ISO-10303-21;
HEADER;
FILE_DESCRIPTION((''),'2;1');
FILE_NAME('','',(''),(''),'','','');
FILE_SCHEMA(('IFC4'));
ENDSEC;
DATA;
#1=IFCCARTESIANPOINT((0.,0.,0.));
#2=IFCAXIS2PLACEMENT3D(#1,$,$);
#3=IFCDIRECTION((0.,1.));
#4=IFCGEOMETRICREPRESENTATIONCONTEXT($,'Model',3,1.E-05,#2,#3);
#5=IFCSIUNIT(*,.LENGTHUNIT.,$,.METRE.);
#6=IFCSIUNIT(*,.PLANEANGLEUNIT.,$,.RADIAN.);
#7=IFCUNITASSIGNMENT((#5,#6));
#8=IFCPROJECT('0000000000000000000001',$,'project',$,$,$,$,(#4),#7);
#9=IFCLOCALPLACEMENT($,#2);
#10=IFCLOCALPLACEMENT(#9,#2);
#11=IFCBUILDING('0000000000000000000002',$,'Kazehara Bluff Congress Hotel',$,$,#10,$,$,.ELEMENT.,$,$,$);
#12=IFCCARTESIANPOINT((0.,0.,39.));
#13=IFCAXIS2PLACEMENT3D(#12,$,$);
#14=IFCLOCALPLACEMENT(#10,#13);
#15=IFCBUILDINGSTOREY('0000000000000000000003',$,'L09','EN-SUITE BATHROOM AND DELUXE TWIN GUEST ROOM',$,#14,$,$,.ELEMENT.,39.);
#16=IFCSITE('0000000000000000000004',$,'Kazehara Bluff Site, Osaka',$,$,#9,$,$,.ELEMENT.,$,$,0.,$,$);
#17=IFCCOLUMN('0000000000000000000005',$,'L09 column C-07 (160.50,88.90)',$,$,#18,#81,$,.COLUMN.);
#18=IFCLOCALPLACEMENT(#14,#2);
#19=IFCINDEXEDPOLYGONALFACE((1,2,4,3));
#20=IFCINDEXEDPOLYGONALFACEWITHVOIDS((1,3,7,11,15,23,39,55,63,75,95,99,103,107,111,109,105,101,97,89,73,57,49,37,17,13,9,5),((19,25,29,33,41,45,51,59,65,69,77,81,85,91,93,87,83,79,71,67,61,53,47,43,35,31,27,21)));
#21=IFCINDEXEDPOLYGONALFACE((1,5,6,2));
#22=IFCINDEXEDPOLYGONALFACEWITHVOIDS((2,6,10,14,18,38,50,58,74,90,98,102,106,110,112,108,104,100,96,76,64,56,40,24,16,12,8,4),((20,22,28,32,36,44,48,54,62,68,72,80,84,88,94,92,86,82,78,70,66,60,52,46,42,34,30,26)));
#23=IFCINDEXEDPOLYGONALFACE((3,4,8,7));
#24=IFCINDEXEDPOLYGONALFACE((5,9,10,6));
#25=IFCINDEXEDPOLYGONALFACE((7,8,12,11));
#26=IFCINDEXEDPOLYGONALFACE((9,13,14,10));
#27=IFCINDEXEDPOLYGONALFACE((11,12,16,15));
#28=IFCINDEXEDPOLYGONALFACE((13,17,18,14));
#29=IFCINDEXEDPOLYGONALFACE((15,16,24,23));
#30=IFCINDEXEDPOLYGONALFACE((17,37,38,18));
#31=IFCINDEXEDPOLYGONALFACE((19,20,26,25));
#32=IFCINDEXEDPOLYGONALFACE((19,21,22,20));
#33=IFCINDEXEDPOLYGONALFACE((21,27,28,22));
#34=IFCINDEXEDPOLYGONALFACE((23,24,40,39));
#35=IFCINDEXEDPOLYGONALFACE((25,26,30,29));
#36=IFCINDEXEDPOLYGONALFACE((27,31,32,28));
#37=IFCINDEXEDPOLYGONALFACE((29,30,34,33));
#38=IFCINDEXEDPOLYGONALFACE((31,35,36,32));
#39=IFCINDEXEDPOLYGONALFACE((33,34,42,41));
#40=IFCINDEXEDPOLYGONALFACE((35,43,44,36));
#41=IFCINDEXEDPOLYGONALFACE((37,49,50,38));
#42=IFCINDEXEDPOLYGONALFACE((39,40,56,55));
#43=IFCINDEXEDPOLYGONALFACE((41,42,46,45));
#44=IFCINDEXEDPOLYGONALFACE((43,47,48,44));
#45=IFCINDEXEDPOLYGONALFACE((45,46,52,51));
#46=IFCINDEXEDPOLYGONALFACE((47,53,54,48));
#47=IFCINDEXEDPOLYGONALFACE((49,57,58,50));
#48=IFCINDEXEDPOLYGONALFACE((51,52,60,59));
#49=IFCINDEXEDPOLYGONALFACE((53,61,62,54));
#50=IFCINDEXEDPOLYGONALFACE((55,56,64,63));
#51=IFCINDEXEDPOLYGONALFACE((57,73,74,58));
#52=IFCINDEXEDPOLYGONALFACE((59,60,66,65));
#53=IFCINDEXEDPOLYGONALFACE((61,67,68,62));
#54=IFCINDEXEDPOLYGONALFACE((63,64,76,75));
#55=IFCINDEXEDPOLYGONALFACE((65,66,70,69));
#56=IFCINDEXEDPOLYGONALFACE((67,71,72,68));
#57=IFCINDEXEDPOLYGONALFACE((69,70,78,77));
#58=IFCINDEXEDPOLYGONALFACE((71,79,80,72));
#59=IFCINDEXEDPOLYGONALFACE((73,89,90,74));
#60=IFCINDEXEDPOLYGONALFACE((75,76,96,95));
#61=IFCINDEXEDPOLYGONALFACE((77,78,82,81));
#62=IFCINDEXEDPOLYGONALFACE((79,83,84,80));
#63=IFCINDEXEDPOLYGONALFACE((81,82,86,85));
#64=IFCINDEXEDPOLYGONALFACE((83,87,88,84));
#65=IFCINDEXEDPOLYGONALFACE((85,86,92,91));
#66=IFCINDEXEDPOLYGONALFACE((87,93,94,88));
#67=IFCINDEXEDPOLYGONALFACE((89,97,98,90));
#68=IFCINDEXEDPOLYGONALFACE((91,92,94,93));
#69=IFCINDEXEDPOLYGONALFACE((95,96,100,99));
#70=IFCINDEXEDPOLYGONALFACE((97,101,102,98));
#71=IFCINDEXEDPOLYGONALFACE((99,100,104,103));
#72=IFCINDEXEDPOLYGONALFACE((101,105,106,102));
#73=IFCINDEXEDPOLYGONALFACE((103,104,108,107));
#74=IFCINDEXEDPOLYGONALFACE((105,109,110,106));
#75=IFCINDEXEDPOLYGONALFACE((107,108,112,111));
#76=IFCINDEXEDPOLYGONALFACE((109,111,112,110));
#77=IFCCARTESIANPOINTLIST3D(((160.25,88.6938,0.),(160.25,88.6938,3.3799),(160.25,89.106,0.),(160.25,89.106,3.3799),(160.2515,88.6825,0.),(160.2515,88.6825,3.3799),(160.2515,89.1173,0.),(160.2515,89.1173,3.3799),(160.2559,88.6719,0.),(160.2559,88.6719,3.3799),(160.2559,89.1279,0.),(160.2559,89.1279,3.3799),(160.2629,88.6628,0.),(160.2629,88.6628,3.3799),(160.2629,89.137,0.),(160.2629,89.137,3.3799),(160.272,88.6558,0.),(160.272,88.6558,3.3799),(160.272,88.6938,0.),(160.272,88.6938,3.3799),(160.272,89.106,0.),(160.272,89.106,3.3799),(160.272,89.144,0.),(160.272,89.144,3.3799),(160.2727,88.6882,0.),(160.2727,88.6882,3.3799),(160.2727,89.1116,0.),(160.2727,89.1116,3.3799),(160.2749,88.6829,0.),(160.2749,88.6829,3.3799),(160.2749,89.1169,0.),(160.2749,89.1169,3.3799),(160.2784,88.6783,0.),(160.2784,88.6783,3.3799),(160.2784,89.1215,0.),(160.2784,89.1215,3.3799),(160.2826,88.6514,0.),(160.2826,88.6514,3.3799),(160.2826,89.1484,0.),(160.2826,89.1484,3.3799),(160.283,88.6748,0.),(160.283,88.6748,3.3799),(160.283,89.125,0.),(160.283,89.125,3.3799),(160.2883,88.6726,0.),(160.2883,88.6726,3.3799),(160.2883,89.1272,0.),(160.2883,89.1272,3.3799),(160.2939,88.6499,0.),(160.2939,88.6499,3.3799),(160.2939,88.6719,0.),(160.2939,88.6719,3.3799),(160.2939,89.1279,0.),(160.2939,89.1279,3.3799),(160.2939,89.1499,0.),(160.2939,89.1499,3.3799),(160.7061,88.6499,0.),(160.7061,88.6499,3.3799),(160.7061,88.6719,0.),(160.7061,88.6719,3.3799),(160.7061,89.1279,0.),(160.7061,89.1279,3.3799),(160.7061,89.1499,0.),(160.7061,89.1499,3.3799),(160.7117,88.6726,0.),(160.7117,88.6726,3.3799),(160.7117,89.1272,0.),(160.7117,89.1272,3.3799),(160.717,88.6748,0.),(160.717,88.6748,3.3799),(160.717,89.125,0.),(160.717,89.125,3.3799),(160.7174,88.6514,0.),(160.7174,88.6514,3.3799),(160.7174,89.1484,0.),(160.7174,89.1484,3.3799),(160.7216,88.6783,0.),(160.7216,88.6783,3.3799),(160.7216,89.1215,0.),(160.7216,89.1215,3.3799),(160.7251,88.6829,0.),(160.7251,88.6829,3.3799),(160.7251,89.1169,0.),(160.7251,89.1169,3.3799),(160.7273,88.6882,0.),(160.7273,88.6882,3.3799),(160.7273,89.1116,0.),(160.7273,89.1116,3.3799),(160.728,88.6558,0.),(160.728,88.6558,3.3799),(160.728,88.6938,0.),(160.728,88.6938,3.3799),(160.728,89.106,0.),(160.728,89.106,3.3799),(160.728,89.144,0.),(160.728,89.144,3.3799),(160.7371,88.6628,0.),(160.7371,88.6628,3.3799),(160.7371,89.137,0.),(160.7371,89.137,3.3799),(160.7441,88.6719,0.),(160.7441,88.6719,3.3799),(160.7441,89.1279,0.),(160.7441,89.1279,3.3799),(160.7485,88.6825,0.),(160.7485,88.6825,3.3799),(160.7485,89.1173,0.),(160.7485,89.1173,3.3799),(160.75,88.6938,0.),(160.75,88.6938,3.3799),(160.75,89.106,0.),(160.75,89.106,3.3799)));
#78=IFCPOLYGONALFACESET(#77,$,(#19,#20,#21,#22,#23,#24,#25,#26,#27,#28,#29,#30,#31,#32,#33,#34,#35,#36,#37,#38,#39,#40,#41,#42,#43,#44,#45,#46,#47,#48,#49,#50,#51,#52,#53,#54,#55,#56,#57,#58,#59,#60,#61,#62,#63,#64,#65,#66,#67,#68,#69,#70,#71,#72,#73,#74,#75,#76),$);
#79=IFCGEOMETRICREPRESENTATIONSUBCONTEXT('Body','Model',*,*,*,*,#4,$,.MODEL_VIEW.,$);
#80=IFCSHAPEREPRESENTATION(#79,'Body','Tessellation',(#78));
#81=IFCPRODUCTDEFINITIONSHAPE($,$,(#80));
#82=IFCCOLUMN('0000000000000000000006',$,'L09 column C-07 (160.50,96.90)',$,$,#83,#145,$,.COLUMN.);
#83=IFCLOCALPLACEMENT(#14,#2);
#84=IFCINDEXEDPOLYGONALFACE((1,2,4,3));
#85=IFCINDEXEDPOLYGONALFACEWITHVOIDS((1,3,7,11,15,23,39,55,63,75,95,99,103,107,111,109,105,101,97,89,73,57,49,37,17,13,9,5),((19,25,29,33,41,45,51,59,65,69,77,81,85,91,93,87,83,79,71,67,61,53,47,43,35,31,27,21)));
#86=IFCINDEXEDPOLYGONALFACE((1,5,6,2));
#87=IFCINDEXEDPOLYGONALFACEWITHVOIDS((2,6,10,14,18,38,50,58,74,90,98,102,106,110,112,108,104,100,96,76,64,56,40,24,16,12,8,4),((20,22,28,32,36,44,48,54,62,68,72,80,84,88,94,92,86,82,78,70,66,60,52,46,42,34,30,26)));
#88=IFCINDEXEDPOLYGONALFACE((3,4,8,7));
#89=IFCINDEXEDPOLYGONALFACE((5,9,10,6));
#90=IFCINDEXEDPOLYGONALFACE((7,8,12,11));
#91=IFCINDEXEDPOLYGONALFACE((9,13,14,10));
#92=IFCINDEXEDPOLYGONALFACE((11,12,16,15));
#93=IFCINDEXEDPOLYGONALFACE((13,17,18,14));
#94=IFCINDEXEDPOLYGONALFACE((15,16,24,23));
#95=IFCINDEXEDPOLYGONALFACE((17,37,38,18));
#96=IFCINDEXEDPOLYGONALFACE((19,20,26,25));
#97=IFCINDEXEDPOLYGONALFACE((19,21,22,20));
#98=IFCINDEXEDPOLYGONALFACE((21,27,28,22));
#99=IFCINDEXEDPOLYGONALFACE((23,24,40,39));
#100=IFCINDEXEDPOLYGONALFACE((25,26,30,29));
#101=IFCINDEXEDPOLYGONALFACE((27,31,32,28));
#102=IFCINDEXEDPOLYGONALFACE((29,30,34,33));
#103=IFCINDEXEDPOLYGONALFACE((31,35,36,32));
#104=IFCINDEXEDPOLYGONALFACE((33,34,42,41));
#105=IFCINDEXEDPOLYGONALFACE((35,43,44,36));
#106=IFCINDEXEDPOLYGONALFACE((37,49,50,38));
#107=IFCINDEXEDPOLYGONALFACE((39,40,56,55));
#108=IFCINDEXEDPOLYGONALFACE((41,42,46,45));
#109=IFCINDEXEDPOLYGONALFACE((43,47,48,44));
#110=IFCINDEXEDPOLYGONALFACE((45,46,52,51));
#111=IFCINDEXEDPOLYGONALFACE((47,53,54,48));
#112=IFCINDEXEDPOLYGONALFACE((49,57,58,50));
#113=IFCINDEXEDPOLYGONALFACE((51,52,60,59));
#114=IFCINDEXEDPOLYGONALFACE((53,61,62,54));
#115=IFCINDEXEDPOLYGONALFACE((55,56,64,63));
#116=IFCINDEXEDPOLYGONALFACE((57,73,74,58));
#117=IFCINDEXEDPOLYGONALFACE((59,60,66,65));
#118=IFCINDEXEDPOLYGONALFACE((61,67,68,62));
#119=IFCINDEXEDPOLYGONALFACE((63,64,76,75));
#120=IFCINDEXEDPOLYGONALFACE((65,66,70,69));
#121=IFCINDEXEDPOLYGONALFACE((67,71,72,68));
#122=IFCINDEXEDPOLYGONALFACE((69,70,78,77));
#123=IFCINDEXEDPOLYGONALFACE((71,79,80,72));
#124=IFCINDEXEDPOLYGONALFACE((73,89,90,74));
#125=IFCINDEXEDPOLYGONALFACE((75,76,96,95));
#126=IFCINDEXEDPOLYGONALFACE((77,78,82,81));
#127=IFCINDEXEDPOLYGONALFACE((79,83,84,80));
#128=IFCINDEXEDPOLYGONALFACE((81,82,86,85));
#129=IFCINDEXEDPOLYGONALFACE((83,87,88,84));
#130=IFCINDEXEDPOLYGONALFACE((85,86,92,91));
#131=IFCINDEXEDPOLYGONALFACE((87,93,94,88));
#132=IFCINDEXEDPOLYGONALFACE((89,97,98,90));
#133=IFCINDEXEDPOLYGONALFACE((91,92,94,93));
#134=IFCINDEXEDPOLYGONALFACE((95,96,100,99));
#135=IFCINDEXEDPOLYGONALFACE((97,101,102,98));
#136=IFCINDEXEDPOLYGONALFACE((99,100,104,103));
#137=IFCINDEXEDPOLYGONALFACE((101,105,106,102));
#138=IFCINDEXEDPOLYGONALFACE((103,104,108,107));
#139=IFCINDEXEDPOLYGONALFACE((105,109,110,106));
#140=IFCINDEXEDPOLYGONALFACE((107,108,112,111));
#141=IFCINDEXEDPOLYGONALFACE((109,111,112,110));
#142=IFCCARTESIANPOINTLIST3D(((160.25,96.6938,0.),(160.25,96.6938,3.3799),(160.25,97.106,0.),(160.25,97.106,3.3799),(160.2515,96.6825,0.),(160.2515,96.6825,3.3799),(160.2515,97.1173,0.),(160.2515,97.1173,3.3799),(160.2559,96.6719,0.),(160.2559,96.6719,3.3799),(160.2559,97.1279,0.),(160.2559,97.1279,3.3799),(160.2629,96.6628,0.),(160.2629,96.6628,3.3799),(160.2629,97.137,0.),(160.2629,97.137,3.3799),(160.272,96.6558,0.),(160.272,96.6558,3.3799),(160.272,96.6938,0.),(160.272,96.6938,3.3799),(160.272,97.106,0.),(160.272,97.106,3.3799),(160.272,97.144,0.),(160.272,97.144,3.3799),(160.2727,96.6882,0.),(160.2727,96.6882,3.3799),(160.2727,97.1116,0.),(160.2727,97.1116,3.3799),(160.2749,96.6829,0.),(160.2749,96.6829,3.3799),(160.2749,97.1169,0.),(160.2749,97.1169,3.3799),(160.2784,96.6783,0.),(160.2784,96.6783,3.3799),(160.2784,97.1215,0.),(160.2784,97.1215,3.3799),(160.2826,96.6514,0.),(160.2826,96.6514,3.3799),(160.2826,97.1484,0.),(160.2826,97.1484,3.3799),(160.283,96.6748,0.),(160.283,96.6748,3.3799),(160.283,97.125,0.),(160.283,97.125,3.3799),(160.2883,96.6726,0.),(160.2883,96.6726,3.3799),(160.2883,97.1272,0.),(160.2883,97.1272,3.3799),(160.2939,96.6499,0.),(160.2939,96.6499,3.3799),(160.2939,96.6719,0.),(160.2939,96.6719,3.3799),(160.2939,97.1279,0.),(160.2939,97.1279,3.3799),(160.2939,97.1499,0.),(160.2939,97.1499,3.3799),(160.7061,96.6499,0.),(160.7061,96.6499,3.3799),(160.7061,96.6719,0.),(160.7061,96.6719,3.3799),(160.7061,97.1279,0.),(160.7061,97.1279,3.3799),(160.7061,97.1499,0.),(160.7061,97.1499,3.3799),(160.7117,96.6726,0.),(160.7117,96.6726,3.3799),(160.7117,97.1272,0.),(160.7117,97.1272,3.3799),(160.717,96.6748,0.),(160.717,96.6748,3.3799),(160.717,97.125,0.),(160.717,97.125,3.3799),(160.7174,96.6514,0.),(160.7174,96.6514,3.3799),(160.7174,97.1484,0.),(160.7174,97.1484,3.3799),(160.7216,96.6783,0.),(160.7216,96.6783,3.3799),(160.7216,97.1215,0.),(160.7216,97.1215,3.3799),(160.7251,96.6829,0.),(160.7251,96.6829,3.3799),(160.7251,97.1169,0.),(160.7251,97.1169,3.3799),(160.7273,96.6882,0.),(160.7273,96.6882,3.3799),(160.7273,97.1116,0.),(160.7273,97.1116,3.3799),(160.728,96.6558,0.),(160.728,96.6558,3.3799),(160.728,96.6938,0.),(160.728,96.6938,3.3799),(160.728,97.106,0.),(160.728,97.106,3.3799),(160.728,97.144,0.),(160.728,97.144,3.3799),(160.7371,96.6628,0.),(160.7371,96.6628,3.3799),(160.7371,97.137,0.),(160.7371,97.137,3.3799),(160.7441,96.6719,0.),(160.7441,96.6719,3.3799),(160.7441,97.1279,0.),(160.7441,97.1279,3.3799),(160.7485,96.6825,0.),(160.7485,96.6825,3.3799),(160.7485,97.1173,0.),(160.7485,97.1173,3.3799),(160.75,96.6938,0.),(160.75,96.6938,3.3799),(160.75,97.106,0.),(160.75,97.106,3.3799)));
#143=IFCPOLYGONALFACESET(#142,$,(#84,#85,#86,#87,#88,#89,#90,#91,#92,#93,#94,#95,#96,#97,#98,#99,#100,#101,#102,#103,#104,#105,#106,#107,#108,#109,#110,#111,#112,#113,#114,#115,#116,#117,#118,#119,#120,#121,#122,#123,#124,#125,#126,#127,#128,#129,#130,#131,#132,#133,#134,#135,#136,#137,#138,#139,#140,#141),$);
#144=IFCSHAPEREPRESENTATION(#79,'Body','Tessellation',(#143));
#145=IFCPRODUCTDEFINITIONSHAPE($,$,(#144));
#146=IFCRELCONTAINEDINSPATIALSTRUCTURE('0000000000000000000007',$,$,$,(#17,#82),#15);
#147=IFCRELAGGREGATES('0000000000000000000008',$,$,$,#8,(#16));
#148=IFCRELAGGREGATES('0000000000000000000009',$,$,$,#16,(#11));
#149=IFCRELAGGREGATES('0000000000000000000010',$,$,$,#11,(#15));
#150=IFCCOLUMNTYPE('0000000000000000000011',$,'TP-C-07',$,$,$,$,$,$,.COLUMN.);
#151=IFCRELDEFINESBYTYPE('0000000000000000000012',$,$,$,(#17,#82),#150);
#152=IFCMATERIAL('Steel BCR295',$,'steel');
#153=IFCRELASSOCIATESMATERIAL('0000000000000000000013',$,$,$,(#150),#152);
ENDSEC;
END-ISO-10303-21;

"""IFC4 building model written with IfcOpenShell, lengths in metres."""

from ifc_helpers import new_model, si_unit, direction, frame, origin, origin_2d, place, context, subcontext, project, spatial, hollow_rectangle, extrude, material, material_profile, profile_set, type_object, element, save


model = new_model("IFC4")

# Units and contexts
model_context = context("Model", 3, precision=1e-05, world=origin(), true_north=direction((0.0, 1.0)))
body_context = subcontext(model_context, "Body", "Model", "MODEL_VIEW")
ifc_project = project(units=[si_unit("LENGTHUNIT", "METRE"), si_unit("PLANEANGLEUNIT", "RADIAN")], contexts=[model_context])

# Site, building, storey
site_placement = place(None, origin())
site = spatial("IfcSite", under=ifc_project, at=site_placement, Name="Kazehara Bluff Site, Osaka", CompositionType="ELEMENT", RefElevation=0.0)
building_placement = place(site_placement, origin())
building = spatial("IfcBuilding", under=site, at=building_placement, Name="Kazehara Bluff Congress Hotel", CompositionType="ELEMENT")
storey_placement = place(building_placement, frame((0.0, 0.0, 39.0)))
storey = spatial("IfcBuildingStorey", under=building, at=storey_placement, Name="L09", Description="EN-SUITE BATHROOM AND DELUXE TWIN GUEST ROOM", CompositionType="ELEMENT", Elevation=39.0)

# Columns
ifc_material_1 = material(Name="Steel BCR295", Category="steel")
ifc_material_profile_1 = material_profile(ifc_material_1, hollow_rectangle(XDim=0.5, YDim=0.5, WallThickness=0.022, InnerFilletRadius=0.022, OuterFilletRadius=0.0439, at=origin_2d()))
ifc_profile_set_1 = profile_set([ifc_material_profile_1], Name="Steel BCR295")
column_type = type_object("IfcColumnType", Name="TP-C-07", PredefinedType="COLUMN", material=ifc_profile_set_1)
for number, where, z_axis, x_axis, name in (
    (1, (160.5, 88.8999, 0.0), (0.0, 0.0, 1.0), (1.0, 0.0, 0.0), "L09 column C-07 (160.50,88.90)"),
    (2, (160.5, 96.8999, 0.0), (0.0, 0.0, 1.0), (1.0, 0.0, 0.0), "L09 column C-07 (160.50,96.90)"),
):
    element("IfcColumn", number, at=place(storey_placement, frame(where, z_axis=z_axis, x_axis=x_axis)), inside=storey, type_object=column_type, Name=name, PredefinedType="COLUMN", context=body_context, shape_type="SweptSolid", body=[
        extrude(hollow_rectangle(XDim=0.5, YDim=0.5, WallThickness=0.022, InnerFilletRadius=0.022, OuterFilletRadius=0.0439, at=origin_2d()), origin(), (0.0, 0.0, 1.0), 3.3799),
    ])

save(model, "model.ifc")
